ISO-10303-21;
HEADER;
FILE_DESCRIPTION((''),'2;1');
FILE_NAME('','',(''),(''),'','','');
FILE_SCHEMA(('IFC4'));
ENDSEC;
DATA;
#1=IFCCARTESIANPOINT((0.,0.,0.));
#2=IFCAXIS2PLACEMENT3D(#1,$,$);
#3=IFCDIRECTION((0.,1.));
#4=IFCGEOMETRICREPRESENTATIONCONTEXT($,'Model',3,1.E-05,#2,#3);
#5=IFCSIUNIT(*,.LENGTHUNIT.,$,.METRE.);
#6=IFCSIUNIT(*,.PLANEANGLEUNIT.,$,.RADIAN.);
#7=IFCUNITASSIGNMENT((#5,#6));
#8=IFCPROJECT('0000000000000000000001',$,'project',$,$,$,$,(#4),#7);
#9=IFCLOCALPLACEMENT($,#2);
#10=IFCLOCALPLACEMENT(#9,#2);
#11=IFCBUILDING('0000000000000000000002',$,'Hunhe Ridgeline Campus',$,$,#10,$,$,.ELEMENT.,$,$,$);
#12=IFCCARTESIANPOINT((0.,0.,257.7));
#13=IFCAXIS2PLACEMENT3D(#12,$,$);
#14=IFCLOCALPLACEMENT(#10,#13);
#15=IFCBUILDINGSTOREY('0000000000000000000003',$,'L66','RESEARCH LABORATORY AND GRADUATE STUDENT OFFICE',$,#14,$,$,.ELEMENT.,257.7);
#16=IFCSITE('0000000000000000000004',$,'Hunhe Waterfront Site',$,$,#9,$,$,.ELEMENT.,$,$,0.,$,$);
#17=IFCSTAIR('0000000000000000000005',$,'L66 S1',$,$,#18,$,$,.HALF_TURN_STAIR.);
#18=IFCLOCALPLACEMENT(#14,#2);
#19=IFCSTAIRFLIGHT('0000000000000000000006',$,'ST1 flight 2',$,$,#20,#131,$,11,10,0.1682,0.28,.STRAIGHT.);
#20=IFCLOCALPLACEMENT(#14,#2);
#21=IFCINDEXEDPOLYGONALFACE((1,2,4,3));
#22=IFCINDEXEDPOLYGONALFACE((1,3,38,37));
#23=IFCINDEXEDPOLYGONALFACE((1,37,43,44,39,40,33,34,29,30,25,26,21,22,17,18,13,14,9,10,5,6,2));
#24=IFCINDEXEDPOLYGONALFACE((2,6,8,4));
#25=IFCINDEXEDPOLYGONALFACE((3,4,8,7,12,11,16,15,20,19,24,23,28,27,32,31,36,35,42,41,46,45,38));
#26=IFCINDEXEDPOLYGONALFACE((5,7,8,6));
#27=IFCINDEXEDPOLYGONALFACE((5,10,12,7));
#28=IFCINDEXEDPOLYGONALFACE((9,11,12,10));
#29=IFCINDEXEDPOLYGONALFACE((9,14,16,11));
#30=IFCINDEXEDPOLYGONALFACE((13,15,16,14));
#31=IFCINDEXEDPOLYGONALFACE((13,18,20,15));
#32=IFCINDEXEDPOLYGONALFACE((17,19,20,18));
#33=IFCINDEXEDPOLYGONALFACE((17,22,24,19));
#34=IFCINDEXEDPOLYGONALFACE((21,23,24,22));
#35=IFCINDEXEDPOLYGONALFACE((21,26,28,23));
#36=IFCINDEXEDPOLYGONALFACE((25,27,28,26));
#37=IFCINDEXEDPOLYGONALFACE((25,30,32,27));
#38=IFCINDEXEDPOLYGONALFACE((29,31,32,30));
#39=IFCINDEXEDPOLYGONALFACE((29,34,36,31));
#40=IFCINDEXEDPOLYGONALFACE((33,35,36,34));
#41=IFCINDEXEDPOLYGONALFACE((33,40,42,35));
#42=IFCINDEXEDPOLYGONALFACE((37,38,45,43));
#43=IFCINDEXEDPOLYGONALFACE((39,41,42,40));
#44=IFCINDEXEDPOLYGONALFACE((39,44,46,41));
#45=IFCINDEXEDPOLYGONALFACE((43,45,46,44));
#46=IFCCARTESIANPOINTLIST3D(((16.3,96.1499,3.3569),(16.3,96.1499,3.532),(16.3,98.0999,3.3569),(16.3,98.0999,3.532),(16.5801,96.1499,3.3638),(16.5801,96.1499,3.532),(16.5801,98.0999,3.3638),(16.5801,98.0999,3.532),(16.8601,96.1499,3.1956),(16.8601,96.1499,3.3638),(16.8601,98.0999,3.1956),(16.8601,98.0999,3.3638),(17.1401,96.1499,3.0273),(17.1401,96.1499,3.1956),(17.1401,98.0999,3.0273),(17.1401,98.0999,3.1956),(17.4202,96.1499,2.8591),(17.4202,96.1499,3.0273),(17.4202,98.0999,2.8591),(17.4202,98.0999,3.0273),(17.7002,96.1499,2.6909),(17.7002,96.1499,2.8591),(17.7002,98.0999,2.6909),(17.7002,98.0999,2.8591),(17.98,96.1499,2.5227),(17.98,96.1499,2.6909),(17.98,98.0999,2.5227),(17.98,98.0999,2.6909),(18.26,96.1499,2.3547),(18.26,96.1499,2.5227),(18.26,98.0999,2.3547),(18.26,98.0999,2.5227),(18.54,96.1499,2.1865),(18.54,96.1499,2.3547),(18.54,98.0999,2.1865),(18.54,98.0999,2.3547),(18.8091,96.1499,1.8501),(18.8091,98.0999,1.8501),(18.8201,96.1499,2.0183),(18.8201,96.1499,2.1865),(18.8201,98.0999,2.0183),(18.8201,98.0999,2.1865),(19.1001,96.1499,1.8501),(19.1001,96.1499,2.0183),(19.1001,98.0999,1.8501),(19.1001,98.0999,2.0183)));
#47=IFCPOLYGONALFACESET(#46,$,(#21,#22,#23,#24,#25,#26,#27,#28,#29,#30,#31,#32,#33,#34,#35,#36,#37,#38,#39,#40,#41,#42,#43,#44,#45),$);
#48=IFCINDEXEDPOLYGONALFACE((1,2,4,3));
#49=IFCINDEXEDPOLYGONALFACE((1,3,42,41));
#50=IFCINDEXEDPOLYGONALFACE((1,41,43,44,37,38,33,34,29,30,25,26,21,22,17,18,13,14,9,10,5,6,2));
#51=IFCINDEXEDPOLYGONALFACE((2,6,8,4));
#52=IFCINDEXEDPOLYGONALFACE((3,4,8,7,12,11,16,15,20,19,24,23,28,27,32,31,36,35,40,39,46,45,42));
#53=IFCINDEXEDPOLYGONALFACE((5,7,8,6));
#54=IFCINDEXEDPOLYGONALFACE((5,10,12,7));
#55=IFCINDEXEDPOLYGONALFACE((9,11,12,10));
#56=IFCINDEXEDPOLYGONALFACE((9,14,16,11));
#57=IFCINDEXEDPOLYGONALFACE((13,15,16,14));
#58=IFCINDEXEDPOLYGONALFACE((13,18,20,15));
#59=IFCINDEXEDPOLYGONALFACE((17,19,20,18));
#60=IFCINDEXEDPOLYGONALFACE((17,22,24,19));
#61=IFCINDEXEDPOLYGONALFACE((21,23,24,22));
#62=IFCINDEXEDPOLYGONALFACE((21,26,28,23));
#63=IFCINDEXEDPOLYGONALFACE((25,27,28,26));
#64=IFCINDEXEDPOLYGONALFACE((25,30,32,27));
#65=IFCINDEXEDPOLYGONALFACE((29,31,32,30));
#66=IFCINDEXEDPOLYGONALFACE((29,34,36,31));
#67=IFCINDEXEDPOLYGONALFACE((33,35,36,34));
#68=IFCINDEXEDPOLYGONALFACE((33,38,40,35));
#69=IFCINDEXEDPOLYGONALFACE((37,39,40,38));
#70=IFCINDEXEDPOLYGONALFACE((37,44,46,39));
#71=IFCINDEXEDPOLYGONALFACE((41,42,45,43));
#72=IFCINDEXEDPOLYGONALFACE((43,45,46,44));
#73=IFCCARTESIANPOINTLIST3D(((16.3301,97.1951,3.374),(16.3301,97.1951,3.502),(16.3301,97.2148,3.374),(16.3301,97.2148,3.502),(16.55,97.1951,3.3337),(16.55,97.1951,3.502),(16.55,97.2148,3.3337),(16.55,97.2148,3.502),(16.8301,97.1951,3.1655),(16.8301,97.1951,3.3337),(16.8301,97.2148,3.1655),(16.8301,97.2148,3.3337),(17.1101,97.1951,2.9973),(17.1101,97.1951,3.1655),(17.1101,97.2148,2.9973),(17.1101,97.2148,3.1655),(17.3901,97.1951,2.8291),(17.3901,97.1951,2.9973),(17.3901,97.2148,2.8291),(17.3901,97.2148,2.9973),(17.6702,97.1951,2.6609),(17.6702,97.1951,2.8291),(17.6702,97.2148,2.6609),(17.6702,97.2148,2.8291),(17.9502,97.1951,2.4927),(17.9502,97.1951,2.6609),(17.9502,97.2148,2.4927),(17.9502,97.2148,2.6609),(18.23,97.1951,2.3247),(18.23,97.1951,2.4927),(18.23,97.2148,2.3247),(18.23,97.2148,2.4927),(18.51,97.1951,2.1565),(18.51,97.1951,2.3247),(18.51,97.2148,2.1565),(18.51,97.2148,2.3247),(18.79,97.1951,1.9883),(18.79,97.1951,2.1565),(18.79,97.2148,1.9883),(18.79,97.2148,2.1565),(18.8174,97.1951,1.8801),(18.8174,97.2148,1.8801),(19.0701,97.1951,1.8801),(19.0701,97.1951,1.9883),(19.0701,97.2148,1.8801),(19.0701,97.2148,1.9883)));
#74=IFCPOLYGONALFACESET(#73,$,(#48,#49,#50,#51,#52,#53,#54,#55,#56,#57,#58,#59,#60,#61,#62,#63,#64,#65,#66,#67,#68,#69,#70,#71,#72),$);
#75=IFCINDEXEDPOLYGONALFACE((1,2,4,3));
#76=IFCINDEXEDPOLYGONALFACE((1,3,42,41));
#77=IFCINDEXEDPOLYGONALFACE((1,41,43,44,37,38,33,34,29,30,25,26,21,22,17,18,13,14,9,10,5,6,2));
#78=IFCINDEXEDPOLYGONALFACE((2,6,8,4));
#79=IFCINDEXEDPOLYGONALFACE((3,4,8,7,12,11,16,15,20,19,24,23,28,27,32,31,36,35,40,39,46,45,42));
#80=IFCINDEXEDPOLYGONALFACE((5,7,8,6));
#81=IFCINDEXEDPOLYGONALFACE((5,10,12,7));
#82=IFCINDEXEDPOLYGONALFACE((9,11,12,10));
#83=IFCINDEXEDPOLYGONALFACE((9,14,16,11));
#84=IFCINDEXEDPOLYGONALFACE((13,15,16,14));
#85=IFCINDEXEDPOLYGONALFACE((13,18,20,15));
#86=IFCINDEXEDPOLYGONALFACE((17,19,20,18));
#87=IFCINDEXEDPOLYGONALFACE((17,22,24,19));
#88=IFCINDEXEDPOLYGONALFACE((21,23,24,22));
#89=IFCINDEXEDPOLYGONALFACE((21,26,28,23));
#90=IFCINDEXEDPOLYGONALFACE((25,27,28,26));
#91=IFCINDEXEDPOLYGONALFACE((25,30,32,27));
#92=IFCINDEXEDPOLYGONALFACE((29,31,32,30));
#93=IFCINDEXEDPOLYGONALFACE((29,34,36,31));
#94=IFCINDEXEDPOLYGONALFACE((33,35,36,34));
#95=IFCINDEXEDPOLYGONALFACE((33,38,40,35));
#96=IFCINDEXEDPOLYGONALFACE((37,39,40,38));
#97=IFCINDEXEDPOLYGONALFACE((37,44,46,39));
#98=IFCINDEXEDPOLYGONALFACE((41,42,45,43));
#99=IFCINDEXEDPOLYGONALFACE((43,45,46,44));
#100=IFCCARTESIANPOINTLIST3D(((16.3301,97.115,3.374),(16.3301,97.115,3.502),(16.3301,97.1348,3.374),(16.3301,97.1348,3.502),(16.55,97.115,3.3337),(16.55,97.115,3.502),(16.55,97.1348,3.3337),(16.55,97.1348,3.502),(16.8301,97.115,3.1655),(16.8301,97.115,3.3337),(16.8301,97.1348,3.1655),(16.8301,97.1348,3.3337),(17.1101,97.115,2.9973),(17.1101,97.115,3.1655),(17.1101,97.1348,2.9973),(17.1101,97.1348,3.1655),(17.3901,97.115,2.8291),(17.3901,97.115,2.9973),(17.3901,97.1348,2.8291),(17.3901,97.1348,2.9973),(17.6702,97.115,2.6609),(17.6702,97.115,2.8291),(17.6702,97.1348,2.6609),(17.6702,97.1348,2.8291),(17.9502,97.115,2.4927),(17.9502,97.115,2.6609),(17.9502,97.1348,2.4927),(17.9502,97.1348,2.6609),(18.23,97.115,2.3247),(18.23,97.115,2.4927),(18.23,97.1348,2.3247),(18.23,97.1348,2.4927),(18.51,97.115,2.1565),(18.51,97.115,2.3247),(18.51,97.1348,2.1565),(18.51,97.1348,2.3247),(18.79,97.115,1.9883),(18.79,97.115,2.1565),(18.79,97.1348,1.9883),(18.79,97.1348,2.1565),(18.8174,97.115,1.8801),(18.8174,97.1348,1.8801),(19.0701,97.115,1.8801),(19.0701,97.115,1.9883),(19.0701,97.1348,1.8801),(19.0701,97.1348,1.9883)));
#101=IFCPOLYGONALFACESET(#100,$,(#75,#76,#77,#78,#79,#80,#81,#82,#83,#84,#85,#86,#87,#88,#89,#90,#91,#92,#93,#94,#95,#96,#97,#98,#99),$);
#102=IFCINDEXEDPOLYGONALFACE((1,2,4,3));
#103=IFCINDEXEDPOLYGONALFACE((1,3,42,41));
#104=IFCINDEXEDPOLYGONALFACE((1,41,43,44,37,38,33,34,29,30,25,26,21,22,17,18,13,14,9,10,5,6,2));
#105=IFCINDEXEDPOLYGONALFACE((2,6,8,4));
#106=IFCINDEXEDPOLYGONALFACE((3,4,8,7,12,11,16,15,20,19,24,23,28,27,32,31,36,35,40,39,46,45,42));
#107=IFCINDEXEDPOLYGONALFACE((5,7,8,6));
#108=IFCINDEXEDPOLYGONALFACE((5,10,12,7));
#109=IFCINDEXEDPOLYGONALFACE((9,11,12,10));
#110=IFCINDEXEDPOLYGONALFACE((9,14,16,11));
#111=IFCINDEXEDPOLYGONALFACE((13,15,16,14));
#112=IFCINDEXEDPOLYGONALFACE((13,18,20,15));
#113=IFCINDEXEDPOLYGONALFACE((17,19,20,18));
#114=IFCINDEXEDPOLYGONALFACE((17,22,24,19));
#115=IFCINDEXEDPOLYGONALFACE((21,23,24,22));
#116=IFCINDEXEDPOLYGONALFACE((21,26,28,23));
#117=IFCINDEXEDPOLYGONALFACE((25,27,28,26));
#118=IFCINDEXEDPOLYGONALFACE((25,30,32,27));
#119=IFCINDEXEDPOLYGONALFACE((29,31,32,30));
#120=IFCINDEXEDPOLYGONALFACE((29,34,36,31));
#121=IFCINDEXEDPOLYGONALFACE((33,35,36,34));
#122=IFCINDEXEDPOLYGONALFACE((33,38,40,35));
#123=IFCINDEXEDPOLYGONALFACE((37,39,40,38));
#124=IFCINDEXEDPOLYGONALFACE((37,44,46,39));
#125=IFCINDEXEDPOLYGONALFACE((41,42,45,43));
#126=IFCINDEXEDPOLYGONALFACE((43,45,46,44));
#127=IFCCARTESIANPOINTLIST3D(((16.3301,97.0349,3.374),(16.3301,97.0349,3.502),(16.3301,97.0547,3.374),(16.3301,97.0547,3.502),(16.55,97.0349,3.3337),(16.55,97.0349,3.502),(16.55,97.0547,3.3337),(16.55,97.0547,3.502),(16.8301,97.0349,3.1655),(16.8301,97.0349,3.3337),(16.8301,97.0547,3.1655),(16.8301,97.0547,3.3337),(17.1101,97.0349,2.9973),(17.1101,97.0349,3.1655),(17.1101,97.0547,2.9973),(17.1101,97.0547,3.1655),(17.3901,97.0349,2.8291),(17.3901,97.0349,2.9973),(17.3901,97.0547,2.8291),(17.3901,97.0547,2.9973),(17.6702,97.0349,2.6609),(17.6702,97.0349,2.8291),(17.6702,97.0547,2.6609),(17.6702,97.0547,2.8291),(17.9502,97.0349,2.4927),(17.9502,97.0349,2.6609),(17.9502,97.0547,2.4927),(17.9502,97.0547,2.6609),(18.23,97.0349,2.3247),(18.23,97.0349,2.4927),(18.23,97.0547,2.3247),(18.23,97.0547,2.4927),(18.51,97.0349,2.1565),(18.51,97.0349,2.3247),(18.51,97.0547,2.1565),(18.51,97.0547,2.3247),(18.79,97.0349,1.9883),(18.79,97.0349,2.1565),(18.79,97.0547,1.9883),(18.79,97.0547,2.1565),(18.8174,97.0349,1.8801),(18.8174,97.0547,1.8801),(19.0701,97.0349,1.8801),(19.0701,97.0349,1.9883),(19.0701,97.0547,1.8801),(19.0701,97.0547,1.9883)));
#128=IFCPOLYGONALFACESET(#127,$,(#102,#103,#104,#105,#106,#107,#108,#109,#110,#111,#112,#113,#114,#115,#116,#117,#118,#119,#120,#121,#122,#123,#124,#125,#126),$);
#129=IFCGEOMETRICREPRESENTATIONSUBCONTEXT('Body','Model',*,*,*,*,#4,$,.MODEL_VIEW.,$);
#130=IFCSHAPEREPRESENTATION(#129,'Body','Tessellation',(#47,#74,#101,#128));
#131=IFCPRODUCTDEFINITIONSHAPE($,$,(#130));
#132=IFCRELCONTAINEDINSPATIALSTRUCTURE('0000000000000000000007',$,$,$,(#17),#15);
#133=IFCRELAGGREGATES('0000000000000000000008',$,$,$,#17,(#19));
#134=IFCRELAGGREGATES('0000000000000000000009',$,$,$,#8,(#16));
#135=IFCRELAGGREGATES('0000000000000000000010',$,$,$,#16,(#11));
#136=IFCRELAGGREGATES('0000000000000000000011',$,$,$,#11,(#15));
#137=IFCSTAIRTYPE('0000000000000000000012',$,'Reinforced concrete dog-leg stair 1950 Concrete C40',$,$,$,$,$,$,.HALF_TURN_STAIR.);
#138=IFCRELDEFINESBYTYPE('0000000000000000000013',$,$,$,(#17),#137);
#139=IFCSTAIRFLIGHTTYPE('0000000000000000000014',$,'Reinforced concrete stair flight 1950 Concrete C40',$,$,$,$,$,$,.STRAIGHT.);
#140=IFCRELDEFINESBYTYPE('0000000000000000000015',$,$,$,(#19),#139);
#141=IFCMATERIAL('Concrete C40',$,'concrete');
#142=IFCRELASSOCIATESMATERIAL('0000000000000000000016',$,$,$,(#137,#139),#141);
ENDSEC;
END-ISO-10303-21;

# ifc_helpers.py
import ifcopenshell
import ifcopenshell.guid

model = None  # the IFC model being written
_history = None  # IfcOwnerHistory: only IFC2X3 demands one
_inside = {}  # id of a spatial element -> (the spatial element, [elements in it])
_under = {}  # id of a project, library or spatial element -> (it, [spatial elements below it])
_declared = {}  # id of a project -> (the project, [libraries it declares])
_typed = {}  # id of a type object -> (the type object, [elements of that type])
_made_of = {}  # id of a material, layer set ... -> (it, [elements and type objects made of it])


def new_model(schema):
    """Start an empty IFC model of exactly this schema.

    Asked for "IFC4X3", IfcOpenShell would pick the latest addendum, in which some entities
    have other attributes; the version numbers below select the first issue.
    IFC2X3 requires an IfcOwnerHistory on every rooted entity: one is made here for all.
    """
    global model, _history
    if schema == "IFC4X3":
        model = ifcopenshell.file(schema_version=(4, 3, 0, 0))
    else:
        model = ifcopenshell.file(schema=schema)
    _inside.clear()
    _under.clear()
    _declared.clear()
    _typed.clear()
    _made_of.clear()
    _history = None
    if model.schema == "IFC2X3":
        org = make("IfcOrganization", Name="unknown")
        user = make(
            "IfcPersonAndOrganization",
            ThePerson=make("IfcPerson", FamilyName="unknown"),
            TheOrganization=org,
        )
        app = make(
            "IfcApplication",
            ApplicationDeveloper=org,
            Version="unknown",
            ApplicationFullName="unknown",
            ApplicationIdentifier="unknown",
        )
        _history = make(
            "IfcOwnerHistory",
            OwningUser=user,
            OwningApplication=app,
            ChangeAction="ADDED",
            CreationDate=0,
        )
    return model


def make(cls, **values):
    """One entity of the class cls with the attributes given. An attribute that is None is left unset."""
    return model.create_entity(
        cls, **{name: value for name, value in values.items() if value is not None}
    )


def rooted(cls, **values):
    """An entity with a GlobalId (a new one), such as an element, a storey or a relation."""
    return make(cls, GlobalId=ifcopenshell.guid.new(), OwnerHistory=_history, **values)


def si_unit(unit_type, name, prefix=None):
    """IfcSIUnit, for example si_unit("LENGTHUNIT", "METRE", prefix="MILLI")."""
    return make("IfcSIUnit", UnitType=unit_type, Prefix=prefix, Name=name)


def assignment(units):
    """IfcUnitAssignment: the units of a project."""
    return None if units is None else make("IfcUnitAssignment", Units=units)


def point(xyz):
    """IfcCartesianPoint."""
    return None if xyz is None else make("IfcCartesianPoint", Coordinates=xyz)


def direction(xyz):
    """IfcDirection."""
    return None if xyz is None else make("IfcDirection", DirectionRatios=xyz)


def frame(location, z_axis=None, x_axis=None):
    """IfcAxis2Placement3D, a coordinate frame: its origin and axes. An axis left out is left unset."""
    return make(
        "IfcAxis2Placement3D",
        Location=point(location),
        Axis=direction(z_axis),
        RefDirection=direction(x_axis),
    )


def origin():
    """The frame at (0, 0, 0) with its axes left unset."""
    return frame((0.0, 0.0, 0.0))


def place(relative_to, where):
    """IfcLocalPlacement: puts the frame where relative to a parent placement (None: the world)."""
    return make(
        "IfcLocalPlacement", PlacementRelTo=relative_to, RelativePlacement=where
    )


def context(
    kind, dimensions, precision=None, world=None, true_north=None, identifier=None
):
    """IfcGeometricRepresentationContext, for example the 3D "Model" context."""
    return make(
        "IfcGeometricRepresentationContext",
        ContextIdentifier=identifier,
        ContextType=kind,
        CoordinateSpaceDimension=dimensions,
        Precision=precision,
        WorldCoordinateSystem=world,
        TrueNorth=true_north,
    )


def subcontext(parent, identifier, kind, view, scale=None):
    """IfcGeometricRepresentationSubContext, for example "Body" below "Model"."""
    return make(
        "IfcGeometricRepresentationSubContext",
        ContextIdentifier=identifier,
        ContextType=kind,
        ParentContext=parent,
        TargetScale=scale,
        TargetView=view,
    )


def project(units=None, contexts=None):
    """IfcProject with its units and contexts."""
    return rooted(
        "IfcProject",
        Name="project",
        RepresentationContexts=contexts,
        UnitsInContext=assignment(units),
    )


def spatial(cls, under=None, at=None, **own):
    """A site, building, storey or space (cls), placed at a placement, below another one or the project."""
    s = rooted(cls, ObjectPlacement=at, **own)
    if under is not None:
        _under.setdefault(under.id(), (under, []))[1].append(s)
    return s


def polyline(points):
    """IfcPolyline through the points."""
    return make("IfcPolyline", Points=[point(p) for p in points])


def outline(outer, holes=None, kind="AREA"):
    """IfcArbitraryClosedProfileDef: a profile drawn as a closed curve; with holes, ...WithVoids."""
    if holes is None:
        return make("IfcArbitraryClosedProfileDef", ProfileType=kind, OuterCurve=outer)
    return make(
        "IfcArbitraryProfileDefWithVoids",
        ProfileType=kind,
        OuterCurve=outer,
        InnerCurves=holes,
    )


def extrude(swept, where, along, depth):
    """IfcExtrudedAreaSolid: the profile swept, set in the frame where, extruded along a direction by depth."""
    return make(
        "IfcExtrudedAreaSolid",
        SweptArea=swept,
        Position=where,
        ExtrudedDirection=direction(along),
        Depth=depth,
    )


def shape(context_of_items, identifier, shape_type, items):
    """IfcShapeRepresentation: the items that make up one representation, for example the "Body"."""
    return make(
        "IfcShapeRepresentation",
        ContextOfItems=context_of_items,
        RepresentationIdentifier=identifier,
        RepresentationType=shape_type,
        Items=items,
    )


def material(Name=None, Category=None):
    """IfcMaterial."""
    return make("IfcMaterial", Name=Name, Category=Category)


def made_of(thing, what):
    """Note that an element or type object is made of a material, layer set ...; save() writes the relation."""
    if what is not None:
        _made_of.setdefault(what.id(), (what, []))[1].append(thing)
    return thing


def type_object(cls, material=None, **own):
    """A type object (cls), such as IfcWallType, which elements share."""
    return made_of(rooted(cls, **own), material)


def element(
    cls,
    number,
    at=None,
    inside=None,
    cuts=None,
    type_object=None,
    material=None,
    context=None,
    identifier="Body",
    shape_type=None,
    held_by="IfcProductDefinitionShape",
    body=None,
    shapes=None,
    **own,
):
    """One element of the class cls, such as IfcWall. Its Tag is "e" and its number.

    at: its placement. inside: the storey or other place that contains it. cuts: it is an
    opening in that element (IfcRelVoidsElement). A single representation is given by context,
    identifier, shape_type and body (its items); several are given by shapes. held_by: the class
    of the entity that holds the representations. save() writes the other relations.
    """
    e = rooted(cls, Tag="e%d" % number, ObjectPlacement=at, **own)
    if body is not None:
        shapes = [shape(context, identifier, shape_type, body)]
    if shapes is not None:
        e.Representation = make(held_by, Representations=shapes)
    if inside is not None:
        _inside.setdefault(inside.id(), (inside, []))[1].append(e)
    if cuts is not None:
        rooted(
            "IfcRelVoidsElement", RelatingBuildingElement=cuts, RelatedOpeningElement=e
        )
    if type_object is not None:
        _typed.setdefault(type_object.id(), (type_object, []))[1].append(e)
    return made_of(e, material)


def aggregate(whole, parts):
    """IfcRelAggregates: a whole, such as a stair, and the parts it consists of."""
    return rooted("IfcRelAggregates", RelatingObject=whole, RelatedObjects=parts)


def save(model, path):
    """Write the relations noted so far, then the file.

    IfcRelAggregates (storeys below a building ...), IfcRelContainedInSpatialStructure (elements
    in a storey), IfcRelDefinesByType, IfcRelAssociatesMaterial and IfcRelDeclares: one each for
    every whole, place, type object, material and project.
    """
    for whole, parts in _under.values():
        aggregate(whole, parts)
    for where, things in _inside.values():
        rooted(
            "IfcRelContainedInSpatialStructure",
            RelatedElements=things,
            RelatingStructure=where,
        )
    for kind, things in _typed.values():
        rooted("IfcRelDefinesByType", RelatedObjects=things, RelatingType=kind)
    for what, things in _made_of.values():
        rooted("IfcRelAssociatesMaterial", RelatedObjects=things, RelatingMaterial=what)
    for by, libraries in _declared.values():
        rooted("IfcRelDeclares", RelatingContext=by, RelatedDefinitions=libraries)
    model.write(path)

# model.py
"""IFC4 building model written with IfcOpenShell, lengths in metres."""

from ifc_helpers import new_model, si_unit, direction, frame, origin, place, context, subcontext, project, spatial, polyline, outline, extrude, material, type_object, element, aggregate, save


model = new_model("IFC4")

# Units and contexts
model_context = context("Model", 3, precision=1e-05, world=origin(), true_north=direction((0.0, 1.0)))
body_context = subcontext(model_context, "Body", "Model", "MODEL_VIEW")
ifc_project = project(units=[si_unit("LENGTHUNIT", "METRE"), si_unit("PLANEANGLEUNIT", "RADIAN")], contexts=[model_context])

# Site, building, storey
site_placement = place(None, origin())
site = spatial("IfcSite", under=ifc_project, at=site_placement, Name="Hunhe Waterfront Site", CompositionType="ELEMENT", RefElevation=0.0)
building_placement = place(site_placement, origin())
building = spatial("IfcBuilding", under=site, at=building_placement, Name="Hunhe Ridgeline Campus", CompositionType="ELEMENT")
storey_placement = place(building_placement, frame((0.0, 0.0, 257.7)))
storey = spatial("IfcBuildingStorey", under=building, at=storey_placement, Name="L66", Description="RESEARCH LABORATORY AND GRADUATE STUDENT OFFICE", CompositionType="ELEMENT", Elevation=257.7)

# Stair, stair flight
ifc_material_1 = material(Name="Concrete C40", Category="concrete")
stair_type = type_object("IfcStairType", Name="Reinforced concrete dog-leg stair 1950 Concrete C40", PredefinedType="HALF_TURN_STAIR", material=ifc_material_1)
stair_placement = place(storey_placement, origin())
stair = element("IfcStair", 1, at=stair_placement, inside=storey, type_object=stair_type, Name="L66 S1", PredefinedType="HALF_TURN_STAIR")
stair_flight_type = type_object("IfcStairFlightType", Name="Reinforced concrete stair flight 1950 Concrete C40", PredefinedType="STRAIGHT", material=ifc_material_1)
stair_flight_1_placement = place(storey_placement, frame((19.1001, 97.125, 1.8501), z_axis=(0.0, 0.0, 1.0), x_axis=(-1.0, 0.0, 0.0)))
stair_flight_1 = element("IfcStairFlight", 2, at=stair_flight_1_placement, type_object=stair_flight_type, Name="ST1 flight 2", NumberOfRisers=11, NumberOfTreads=10, PredefinedType="STRAIGHT", RiserHeight=0.1682, TreadLength=0.28, context=body_context, shape_type="SweptSolid", body=[
    extrude(outline(polyline([(0.0, 0.0), (0.0, 0.1682), (0.28, 0.1682), (0.28, 0.3364), (0.5601, 0.3364), (0.5601, 0.5046), (0.8401, 0.5046), (0.8401, 0.6726), (1.1201, 0.6726), (1.1201, 0.8408), (1.3999, 0.8408), (1.3999, 1.009), (1.6799, 1.009), (1.6799, 1.1772), (1.96, 1.1772), (1.96, 1.3455), (2.24, 1.3455), (2.24, 1.5137), (2.52, 1.5137), (2.52, 1.6819), (2.8, 1.6819), (2.8, 1.8501), (2.8, 1.5068), (0.291, 0.0), (0.0, 0.0)])), frame((0.0, 0.9751, 0.0), z_axis=(0.0, -1.0, 0.0), x_axis=(1.0, 0.0, 0.0)), (0.0, 0.0, 1.0), 1.95),
    extrude(outline(polyline([(0.03, 0.03), (0.03, 0.1382), (0.3101, 0.1382), (0.3101, 0.3064), (0.5901, 0.3064), (0.5901, 0.4746), (0.8701, 0.4746), (0.8701, 0.6426), (1.1499, 0.6426), (1.1499, 0.8108), (1.4299, 0.8108), (1.4299, 0.979), (1.71, 0.979), (1.71, 1.1472), (1.99, 1.1472), (1.99, 1.3154), (2.27, 1.3154), (2.27, 1.4836), (2.55, 1.4836), (2.55, 1.6519), (2.77, 1.6519), (2.77, 1.5239), (0.2827, 0.03), (0.03, 0.03)])), frame((0.0, -0.0701, 0.0), z_axis=(0.0, -1.0, 0.0), x_axis=(1.0, 0.0, 0.0)), (0.0, 0.0, 1.0), 0.0198),
    extrude(outline(polyline([(0.03, 0.03), (0.03, 0.1382), (0.3101, 0.1382), (0.3101, 0.3064), (0.5901, 0.3064), (0.5901, 0.4746), (0.8701, 0.4746), (0.8701, 0.6426), (1.1499, 0.6426), (1.1499, 0.8108), (1.4299, 0.8108), (1.4299, 0.979), (1.71, 0.979), (1.71, 1.1472), (1.99, 1.1472), (1.99, 1.3154), (2.27, 1.3154), (2.27, 1.4836), (2.55, 1.4836), (2.55, 1.6519), (2.77, 1.6519), (2.77, 1.5239), (0.2827, 0.03), (0.03, 0.03)])), frame((0.0, 0.01, 0.0), z_axis=(0.0, -1.0, 0.0), x_axis=(1.0, 0.0, 0.0)), (0.0, 0.0, 1.0), 0.0198),
    extrude(outline(polyline([(0.03, 0.03), (0.03, 0.1382), (0.3101, 0.1382), (0.3101, 0.3064), (0.5901, 0.3064), (0.5901, 0.4746), (0.8701, 0.4746), (0.8701, 0.6426), (1.1499, 0.6426), (1.1499, 0.8108), (1.4299, 0.8108), (1.4299, 0.979), (1.71, 0.979), (1.71, 1.1472), (1.99, 1.1472), (1.99, 1.3154), (2.27, 1.3154), (2.27, 1.4836), (2.55, 1.4836), (2.55, 1.6519), (2.77, 1.6519), (2.77, 1.5239), (0.2827, 0.03), (0.03, 0.03)])), frame((0.0, 0.0901, 0.0), z_axis=(0.0, -1.0, 0.0), x_axis=(1.0, 0.0, 0.0)), (0.0, 0.0, 1.0), 0.0198),
])
aggregate(stair, [stair_flight_1])

save(model, "model.ifc")
